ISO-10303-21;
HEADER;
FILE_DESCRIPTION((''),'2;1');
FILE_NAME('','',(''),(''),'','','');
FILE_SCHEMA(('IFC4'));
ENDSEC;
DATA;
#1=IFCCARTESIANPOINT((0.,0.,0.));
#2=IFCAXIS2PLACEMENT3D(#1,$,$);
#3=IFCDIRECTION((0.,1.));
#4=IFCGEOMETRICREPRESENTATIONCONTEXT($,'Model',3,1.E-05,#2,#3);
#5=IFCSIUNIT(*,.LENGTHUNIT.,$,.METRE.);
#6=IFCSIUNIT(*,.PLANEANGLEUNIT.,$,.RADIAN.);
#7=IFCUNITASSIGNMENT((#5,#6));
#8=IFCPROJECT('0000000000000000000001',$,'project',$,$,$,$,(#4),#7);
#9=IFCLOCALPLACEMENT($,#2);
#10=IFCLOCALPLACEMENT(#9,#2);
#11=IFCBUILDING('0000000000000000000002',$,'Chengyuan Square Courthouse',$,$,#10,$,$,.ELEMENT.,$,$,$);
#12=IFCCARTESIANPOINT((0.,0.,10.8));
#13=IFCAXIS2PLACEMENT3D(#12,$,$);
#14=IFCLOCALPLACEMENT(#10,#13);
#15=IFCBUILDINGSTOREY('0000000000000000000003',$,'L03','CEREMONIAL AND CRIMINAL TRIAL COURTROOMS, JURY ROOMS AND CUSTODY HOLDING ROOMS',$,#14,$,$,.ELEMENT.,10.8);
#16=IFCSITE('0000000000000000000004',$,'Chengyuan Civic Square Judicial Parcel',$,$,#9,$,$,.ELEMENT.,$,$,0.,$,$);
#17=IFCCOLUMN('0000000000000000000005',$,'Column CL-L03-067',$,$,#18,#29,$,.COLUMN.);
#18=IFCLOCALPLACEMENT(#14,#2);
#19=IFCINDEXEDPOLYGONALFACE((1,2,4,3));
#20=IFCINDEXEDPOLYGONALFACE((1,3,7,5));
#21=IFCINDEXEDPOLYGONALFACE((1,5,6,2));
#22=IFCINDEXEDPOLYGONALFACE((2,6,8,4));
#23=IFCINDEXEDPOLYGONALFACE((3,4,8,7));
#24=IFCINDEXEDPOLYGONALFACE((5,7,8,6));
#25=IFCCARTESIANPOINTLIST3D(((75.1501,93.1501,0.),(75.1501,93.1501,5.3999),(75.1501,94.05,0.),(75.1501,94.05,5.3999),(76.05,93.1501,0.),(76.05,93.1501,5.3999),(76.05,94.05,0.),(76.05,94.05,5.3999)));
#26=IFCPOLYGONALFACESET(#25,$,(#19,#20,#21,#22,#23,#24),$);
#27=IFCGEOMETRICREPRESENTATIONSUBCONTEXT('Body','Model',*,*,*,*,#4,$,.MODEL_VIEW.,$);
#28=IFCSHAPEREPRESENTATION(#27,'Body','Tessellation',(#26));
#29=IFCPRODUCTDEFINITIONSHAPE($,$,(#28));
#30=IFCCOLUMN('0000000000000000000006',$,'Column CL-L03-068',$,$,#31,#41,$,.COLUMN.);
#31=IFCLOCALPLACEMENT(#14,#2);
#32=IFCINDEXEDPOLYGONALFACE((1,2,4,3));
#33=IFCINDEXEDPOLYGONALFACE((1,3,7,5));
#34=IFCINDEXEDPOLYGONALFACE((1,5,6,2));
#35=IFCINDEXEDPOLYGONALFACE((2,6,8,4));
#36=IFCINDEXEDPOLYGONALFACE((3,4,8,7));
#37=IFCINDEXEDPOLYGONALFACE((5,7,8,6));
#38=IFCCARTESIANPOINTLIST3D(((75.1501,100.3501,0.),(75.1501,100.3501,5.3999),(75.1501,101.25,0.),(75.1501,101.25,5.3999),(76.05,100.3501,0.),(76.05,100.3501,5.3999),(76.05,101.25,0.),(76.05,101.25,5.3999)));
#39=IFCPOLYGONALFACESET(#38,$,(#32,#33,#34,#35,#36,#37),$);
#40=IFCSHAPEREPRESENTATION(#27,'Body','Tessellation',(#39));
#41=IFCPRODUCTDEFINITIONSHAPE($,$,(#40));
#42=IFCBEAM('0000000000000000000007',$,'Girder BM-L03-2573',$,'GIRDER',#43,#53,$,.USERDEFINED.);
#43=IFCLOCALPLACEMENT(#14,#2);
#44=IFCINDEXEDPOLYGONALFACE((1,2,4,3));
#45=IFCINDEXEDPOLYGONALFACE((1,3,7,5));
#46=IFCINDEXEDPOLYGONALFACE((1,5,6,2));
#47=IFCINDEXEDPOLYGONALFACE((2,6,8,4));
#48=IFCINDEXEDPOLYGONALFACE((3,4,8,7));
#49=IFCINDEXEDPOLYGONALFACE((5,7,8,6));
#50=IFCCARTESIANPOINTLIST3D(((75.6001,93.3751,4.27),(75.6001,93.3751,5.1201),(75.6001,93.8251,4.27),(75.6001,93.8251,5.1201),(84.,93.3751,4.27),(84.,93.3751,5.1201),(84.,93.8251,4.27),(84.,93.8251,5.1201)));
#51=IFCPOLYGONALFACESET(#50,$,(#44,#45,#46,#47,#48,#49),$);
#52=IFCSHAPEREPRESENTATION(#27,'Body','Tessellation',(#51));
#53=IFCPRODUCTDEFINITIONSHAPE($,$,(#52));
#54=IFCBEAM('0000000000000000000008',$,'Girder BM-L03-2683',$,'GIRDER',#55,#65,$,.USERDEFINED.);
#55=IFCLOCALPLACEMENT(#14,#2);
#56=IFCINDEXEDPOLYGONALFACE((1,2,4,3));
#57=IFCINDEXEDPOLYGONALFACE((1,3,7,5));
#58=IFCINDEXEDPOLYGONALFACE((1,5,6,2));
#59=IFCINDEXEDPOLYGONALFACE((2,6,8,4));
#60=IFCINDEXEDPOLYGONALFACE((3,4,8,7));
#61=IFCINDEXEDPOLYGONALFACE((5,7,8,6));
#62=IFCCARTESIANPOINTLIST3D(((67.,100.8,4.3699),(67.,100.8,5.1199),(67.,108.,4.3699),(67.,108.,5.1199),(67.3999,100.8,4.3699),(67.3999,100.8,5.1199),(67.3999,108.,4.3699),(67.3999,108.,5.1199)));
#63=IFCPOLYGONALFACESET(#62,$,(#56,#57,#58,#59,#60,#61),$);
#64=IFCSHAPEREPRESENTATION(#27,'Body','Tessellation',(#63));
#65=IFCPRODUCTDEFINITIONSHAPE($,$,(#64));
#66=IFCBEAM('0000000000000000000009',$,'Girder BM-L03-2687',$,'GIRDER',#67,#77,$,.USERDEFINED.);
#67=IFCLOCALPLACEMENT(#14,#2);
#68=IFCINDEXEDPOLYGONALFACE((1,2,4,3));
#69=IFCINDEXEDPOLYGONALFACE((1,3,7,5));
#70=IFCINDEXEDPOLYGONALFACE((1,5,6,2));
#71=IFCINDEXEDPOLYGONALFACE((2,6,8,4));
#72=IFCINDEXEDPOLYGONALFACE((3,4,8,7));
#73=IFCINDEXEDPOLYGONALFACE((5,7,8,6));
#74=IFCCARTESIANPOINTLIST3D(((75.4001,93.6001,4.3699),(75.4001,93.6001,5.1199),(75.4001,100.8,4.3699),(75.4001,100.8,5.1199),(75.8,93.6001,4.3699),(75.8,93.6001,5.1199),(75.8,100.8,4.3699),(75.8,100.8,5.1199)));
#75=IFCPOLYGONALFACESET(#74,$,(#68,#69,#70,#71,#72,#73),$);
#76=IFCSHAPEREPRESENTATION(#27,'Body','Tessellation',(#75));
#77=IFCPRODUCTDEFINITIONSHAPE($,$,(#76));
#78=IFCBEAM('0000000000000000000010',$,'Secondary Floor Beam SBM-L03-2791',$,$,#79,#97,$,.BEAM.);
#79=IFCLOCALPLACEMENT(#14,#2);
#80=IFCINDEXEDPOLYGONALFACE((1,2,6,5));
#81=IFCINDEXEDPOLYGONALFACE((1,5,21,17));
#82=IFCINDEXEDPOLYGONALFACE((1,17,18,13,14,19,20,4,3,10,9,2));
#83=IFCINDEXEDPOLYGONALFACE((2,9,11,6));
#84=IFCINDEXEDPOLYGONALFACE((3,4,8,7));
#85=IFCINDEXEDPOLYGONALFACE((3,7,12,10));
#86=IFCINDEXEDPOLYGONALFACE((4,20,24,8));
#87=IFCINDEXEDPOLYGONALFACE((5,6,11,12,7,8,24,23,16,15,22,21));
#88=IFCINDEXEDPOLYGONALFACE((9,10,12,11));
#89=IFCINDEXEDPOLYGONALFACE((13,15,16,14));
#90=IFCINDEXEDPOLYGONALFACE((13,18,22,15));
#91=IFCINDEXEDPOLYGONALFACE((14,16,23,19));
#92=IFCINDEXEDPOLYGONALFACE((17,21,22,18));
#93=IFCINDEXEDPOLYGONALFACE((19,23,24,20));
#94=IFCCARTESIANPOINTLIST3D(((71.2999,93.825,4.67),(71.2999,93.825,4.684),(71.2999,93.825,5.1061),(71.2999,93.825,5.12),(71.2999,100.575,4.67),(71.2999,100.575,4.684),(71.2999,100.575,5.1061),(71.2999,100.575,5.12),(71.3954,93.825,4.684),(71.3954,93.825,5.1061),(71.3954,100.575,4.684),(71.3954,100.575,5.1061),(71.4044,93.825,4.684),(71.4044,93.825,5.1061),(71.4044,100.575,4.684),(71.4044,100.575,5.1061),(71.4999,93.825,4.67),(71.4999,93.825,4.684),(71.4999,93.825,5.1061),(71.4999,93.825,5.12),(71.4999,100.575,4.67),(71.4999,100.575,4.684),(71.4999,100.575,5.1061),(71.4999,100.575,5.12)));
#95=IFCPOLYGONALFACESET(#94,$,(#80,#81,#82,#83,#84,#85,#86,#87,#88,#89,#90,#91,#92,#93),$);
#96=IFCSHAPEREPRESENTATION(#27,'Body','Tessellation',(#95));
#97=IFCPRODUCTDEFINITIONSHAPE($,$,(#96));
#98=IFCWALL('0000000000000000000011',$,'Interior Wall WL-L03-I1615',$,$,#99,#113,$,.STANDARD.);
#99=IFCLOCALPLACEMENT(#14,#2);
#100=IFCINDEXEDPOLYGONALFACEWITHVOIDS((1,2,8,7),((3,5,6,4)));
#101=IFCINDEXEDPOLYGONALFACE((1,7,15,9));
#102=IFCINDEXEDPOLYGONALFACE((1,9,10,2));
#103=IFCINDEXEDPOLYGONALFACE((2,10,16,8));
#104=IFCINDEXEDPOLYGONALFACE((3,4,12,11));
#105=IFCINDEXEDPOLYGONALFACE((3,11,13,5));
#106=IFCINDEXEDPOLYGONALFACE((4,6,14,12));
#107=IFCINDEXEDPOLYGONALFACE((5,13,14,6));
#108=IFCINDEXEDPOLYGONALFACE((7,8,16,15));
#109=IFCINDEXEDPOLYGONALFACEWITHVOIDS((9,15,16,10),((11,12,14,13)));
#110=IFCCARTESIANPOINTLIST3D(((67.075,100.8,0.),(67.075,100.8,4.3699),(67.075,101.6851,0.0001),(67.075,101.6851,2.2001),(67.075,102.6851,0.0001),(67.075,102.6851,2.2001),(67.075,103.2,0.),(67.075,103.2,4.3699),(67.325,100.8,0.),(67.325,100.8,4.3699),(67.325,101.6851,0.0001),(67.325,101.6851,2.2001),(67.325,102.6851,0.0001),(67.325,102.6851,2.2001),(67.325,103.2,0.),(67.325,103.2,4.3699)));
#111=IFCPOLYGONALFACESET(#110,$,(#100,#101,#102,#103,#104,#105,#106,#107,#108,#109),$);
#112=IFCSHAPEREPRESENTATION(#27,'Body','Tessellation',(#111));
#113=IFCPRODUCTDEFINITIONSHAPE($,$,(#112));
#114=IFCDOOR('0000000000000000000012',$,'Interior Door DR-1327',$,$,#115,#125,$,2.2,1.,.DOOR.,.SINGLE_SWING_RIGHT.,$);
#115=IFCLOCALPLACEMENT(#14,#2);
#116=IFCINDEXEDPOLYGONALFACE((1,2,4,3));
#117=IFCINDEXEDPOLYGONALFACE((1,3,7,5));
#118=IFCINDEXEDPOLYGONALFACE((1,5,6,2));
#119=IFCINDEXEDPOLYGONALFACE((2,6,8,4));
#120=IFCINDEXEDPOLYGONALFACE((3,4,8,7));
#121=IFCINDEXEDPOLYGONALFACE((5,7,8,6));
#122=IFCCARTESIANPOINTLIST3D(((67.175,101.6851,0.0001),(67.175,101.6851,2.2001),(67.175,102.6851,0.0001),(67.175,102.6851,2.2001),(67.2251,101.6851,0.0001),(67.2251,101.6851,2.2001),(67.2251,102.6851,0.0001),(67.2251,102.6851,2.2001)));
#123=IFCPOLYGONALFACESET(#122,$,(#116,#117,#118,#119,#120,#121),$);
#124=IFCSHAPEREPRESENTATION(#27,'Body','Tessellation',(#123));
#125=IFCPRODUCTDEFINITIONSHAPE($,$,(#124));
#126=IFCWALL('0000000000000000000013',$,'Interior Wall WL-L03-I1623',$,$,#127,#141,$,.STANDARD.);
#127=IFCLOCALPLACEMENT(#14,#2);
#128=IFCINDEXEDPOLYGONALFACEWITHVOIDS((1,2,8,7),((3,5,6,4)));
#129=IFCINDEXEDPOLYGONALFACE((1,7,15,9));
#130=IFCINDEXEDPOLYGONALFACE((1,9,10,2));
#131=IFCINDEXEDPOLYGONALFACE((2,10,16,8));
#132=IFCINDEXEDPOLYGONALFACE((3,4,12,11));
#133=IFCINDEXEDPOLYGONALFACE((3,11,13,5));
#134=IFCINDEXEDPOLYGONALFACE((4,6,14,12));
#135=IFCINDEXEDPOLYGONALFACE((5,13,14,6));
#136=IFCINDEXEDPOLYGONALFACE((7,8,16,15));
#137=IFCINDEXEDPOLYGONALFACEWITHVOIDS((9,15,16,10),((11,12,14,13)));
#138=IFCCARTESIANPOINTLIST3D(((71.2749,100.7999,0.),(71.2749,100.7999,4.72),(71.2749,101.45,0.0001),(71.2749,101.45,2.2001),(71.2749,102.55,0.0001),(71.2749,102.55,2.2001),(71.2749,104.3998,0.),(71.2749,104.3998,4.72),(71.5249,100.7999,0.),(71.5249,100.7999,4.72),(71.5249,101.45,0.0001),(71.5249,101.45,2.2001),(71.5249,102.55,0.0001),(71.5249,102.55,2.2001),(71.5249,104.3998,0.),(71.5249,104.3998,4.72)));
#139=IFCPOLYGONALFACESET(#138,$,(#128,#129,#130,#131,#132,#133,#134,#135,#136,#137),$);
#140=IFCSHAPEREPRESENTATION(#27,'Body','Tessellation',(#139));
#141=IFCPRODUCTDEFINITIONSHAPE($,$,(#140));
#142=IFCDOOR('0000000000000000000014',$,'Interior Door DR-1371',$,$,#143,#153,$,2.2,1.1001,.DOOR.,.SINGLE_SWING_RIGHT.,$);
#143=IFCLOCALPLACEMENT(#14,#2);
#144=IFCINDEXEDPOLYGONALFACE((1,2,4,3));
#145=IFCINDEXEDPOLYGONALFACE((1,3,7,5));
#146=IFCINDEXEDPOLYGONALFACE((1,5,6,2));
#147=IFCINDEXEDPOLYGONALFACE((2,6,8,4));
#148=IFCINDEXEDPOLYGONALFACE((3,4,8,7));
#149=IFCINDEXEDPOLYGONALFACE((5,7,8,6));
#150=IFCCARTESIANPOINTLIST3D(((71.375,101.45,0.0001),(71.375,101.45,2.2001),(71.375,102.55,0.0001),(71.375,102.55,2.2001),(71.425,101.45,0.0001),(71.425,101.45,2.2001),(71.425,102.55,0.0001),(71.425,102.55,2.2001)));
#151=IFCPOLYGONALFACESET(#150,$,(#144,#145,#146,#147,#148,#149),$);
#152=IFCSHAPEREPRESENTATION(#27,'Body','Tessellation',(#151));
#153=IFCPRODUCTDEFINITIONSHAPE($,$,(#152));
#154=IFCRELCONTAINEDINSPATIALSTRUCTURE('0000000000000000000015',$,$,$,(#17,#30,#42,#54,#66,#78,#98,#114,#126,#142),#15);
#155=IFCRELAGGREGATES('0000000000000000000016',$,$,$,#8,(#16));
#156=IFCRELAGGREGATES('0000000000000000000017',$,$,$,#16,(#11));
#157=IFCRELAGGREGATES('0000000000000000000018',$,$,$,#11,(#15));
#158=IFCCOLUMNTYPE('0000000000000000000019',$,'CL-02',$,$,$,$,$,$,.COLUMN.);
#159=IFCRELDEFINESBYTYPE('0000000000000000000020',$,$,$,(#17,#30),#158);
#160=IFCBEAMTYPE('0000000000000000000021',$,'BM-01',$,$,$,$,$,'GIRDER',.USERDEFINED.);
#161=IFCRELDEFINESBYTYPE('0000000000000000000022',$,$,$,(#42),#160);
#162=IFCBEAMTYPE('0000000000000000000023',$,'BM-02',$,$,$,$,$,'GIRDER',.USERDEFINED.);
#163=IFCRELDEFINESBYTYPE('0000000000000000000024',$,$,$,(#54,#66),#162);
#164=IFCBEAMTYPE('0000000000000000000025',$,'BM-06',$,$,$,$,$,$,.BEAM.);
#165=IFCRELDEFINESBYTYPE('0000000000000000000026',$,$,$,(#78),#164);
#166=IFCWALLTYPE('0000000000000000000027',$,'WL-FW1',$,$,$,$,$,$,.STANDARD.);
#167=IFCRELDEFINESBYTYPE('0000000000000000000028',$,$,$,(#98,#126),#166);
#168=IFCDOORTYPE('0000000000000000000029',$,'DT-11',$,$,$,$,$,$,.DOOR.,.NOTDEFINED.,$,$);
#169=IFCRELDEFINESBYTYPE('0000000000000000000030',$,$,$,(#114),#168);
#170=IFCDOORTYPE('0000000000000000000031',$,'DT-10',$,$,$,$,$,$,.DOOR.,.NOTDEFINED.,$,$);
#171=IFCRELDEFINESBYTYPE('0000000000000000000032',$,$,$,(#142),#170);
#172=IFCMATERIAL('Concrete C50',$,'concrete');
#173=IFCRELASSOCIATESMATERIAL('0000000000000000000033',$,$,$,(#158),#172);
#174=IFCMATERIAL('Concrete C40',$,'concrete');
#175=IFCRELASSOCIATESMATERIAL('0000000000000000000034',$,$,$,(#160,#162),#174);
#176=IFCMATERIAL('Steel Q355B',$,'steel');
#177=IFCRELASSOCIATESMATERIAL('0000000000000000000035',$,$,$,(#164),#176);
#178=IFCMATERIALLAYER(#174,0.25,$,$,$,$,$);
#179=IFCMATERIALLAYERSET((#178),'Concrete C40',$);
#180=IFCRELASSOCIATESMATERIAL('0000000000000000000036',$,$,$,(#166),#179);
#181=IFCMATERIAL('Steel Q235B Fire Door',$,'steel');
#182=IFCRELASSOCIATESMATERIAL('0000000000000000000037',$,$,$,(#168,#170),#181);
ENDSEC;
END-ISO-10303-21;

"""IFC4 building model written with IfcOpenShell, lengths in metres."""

from ifc_helpers import new_model, si_unit, direction, frame, frame_2d, origin, origin_2d, place, context, subcontext, project, spatial, rectangle, i_section, extrude, material, layer, layer_set, material_profile, profile_set, type_object, element, fill, save


model = new_model("IFC4")

# Units and contexts
model_context = context("Model", 3, precision=1e-05, world=origin(), true_north=direction((0.0, 1.0)))
body_context = subcontext(model_context, "Body", "Model", "MODEL_VIEW")
ifc_project = project(units=[si_unit("LENGTHUNIT", "METRE"), si_unit("PLANEANGLEUNIT", "RADIAN")], contexts=[model_context])

# Site, building, storey
site_placement = place(None, origin())
site = spatial("IfcSite", under=ifc_project, at=site_placement, Name="Chengyuan Civic Square Judicial Parcel", CompositionType="ELEMENT", RefElevation=0.0)
building_placement = place(site_placement, origin())
building = spatial("IfcBuilding", under=site, at=building_placement, Name="Chengyuan Square Courthouse", CompositionType="ELEMENT")
storey_placement = place(building_placement, frame((0.0, 0.0, 10.8)))
storey = spatial("IfcBuildingStorey", under=building, at=storey_placement, Name="L03", Description="CEREMONIAL AND CRIMINAL TRIAL COURTROOMS, JURY ROOMS AND CUSTODY HOLDING ROOMS", CompositionType="ELEMENT", Elevation=10.8)

# Columns
ifc_material_1 = material(Name="Concrete C50", Category="concrete")
ifc_material_profile_1 = material_profile(ifc_material_1, rectangle(XDim=0.8999, YDim=0.8999, at=origin_2d()), Name="RC-COL-900x900")
ifc_profile_set_1 = profile_set([ifc_material_profile_1], Name="Concrete C50")
column_type = type_object("IfcColumnType", Name="CL-02", PredefinedType="COLUMN", material=ifc_profile_set_1)
for number, where, z_axis, x_axis, name in (
    (1, (75.6001, 93.6001, 0.0), (0.0, 0.0, 1.0), (1.0, 0.0, 0.0), "Column CL-L03-067"),
    (2, (75.6001, 100.8, 0.0), (0.0, 0.0, 1.0), (1.0, 0.0, 0.0), "Column CL-L03-068"),
):
    element("IfcColumn", number, at=place(storey_placement, frame(where, z_axis=z_axis, x_axis=x_axis)), inside=storey, type_object=column_type, Name=name, PredefinedType="COLUMN", context=body_context, shape_type="SweptSolid", body=[
        extrude(rectangle(XDim=0.8999, YDim=0.8999, at=origin_2d()), origin(), (0.0, 0.0, 1.0), 5.3999),
    ])

# Beams
ifc_material_2 = material(Name="Concrete C40", Category="concrete")
ifc_material_profile_2 = material_profile(ifc_material_2, rectangle(XDim=0.45, YDim=0.8501, at=origin_2d()), Name="RC-BM-450x850")
ifc_profile_set_2 = profile_set([ifc_material_profile_2], Name="Concrete C40")
beam_type_1 = type_object("IfcBeamType", Name="BM-01", ElementType="GIRDER", PredefinedType="USERDEFINED", material=ifc_profile_set_2)
beam_1_placement = place(storey_placement, frame((75.6001, 93.6001, 4.6951), z_axis=(1.0, 0.0, 0.0), x_axis=(0.0, 1.0, 0.0)))
element("IfcBeam", 3, at=beam_1_placement, inside=storey, type_object=beam_type_1, Name="Girder BM-L03-2573", ObjectType="GIRDER", PredefinedType="USERDEFINED", context=body_context, shape_type="SweptSolid", body=[
    extrude(rectangle(XDim=0.45, YDim=0.8501, at=origin_2d()), origin(), (0.0, 0.0, 1.0), 8.3999),
])
ifc_material_profile_3 = material_profile(ifc_material_2, rectangle(XDim=0.3999, YDim=0.75, at=origin_2d()), Name="RC-BM-400x750")
ifc_profile_set_3 = profile_set([ifc_material_profile_3], Name="Concrete C40")
beam_type_2 = type_object("IfcBeamType", Name="BM-02", ElementType="GIRDER", PredefinedType="USERDEFINED", material=ifc_profile_set_3)
for number, where, z_axis, x_axis, name in (
    (4, (67.2, 100.8, 4.7449), (0.0, 1.0, 0.0), (-1.0, 0.0, 0.0), "Girder BM-L03-2683"),
    (5, (75.6001, 93.6001, 4.7449), (0.0, 1.0, 0.0), (-1.0, 0.0, 0.0), "Girder BM-L03-2687"),
):
    element("IfcBeam", number, at=place(storey_placement, frame(where, z_axis=z_axis, x_axis=x_axis)), inside=storey, type_object=beam_type_2, Name=name, ObjectType="GIRDER", PredefinedType="USERDEFINED", context=body_context, shape_type="SweptSolid", body=[
        extrude(rectangle(XDim=0.3999, YDim=0.75, at=origin_2d()), origin(), (0.0, 0.0, 1.0), 7.2),
    ])
ifc_material_3 = material(Name="Steel Q355B", Category="steel")
ifc_material_profile_4 = material_profile(ifc_material_3, i_section(OverallWidth=0.2, OverallDepth=0.45, WebThickness=0.009, FlangeThickness=0.0139, at=origin_2d()), Name="HN 450x200x9x14")
ifc_profile_set_4 = profile_set([ifc_material_profile_4], Name="Steel Q355B")
beam_type_3 = type_object("IfcBeamType", Name="BM-06", PredefinedType="BEAM", material=ifc_profile_set_4)
beam_2_placement = place(storey_placement, frame((71.3999, 93.825, 4.895), z_axis=(0.0, 1.0, 0.0), x_axis=(-1.0, 0.0, 0.0)))
element("IfcBeam", 6, at=beam_2_placement, inside=storey, type_object=beam_type_3, Name="Secondary Floor Beam SBM-L03-2791", PredefinedType="BEAM", context=body_context, shape_type="SweptSolid", body=[
    extrude(i_section(OverallWidth=0.2, OverallDepth=0.45, WebThickness=0.009, FlangeThickness=0.0139, at=origin_2d()), origin(), (0.0, 0.0, 1.0), 6.75),
])

# Walls, openings, doors
ifc_layer_1 = layer(ifc_material_2, 0.25)
ifc_layer_set_1 = layer_set([ifc_layer_1], Name="Concrete C40")
wall_type_1 = type_object("IfcWallType", Name="WL-FW1", PredefinedType="STANDARD", material=ifc_layer_set_1)
wall_1_placement = place(storey_placement, frame((67.2, 100.8, 0.0), z_axis=(0.0, 0.0, 1.0), x_axis=(0.0, 1.0, 0.0)))
wall_1 = element("IfcWall", 7, at=wall_1_placement, inside=storey, type_object=wall_type_1, Name="Interior Wall WL-L03-I1615", PredefinedType="STANDARD", context=body_context, shape_type="SweptSolid", body=[
    extrude(rectangle(XDim=2.3999, YDim=0.25, at=frame_2d((1.2, 0.0))), origin(), (0.0, 0.0, 1.0), 4.3699),
])
opening_1_placement = place(wall_1_placement, frame((0.885, 0.0, 0.0)))
opening_1 = element("IfcOpeningElement", 8, at=opening_1_placement, cuts=wall_1, PredefinedType="OPENING", context=body_context, shape_type="SweptSolid", body=[
    extrude(rectangle(XDim=1.0, YDim=2.2, at=frame_2d((0.5, 1.1001))), frame((0.0, 0.137, 0.0), z_axis=(0.0, -1.0, 0.0), x_axis=(1.0, 0.0, 0.0)), (0.0, 0.0, 1.0), 0.2739),
])
ifc_material_4 = material(Name="Steel Q235B Fire Door", Category="steel")
door_type_1 = type_object("IfcDoorType", Name="DT-11", OperationType="NOTDEFINED", PredefinedType="DOOR", material=ifc_material_4)
door_1_placement = place(opening_1_placement, origin())
door_1 = element("IfcDoor", 9, at=door_1_placement, inside=storey, type_object=door_type_1, Name="Interior Door DR-1327", OperationType="SINGLE_SWING_RIGHT", OverallHeight=2.2, OverallWidth=1.0, PredefinedType="DOOR", context=body_context, shape_type="SweptSolid", body=[
    extrude(rectangle(XDim=1.0, YDim=2.2, at=frame_2d((0.5, 1.1001))), frame((0.0, 0.0249, 0.0), z_axis=(0.0, -1.0, 0.0), x_axis=(1.0, 0.0, 0.0)), (0.0, 0.0, 1.0), 0.05),
])
fill(opening_1, door_1)
wall_2_placement = place(storey_placement, frame((71.3999, 100.8, 0.0), z_axis=(0.0, 0.0, 1.0), x_axis=(0.0, 1.0, 0.0)))
wall_2 = element("IfcWall", 10, at=wall_2_placement, inside=storey, type_object=wall_type_1, Name="Interior Wall WL-L03-I1623", PredefinedType="STANDARD", context=body_context, shape_type="SweptSolid", body=[
    extrude(rectangle(XDim=3.5999, YDim=0.25, at=frame_2d((1.7998, 0.0))), origin(), (0.0, 0.0, 1.0), 4.72),
])
opening_2_placement = place(wall_2_placement, frame((0.6499, 0.0, 0.0)))
opening_2 = element("IfcOpeningElement", 11, at=opening_2_placement, cuts=wall_2, PredefinedType="OPENING", context=body_context, shape_type="SweptSolid", body=[
    extrude(rectangle(XDim=1.1001, YDim=2.2, at=frame_2d((0.55, 1.1001))), frame((0.0, 0.137, 0.0), z_axis=(0.0, -1.0, 0.0), x_axis=(1.0, 0.0, 0.0)), (0.0, 0.0, 1.0), 0.2739),
])
door_type_2 = type_object("IfcDoorType", Name="DT-10", OperationType="NOTDEFINED", PredefinedType="DOOR", material=ifc_material_4)
door_2_placement = place(opening_2_placement, origin())
door_2 = element("IfcDoor", 12, at=door_2_placement, inside=storey, type_object=door_type_2, Name="Interior Door DR-1371", OperationType="SINGLE_SWING_RIGHT", OverallHeight=2.2, OverallWidth=1.1001, PredefinedType="DOOR", context=body_context, shape_type="SweptSolid", body=[
    extrude(rectangle(XDim=1.1001, YDim=2.2, at=frame_2d((0.55, 1.1001))), frame((0.0, 0.0249, 0.0), z_axis=(0.0, -1.0, 0.0), x_axis=(1.0, 0.0, 0.0)), (0.0, 0.0, 1.0), 0.05),
])
fill(opening_2, door_2)

save(model, "model.ifc")
